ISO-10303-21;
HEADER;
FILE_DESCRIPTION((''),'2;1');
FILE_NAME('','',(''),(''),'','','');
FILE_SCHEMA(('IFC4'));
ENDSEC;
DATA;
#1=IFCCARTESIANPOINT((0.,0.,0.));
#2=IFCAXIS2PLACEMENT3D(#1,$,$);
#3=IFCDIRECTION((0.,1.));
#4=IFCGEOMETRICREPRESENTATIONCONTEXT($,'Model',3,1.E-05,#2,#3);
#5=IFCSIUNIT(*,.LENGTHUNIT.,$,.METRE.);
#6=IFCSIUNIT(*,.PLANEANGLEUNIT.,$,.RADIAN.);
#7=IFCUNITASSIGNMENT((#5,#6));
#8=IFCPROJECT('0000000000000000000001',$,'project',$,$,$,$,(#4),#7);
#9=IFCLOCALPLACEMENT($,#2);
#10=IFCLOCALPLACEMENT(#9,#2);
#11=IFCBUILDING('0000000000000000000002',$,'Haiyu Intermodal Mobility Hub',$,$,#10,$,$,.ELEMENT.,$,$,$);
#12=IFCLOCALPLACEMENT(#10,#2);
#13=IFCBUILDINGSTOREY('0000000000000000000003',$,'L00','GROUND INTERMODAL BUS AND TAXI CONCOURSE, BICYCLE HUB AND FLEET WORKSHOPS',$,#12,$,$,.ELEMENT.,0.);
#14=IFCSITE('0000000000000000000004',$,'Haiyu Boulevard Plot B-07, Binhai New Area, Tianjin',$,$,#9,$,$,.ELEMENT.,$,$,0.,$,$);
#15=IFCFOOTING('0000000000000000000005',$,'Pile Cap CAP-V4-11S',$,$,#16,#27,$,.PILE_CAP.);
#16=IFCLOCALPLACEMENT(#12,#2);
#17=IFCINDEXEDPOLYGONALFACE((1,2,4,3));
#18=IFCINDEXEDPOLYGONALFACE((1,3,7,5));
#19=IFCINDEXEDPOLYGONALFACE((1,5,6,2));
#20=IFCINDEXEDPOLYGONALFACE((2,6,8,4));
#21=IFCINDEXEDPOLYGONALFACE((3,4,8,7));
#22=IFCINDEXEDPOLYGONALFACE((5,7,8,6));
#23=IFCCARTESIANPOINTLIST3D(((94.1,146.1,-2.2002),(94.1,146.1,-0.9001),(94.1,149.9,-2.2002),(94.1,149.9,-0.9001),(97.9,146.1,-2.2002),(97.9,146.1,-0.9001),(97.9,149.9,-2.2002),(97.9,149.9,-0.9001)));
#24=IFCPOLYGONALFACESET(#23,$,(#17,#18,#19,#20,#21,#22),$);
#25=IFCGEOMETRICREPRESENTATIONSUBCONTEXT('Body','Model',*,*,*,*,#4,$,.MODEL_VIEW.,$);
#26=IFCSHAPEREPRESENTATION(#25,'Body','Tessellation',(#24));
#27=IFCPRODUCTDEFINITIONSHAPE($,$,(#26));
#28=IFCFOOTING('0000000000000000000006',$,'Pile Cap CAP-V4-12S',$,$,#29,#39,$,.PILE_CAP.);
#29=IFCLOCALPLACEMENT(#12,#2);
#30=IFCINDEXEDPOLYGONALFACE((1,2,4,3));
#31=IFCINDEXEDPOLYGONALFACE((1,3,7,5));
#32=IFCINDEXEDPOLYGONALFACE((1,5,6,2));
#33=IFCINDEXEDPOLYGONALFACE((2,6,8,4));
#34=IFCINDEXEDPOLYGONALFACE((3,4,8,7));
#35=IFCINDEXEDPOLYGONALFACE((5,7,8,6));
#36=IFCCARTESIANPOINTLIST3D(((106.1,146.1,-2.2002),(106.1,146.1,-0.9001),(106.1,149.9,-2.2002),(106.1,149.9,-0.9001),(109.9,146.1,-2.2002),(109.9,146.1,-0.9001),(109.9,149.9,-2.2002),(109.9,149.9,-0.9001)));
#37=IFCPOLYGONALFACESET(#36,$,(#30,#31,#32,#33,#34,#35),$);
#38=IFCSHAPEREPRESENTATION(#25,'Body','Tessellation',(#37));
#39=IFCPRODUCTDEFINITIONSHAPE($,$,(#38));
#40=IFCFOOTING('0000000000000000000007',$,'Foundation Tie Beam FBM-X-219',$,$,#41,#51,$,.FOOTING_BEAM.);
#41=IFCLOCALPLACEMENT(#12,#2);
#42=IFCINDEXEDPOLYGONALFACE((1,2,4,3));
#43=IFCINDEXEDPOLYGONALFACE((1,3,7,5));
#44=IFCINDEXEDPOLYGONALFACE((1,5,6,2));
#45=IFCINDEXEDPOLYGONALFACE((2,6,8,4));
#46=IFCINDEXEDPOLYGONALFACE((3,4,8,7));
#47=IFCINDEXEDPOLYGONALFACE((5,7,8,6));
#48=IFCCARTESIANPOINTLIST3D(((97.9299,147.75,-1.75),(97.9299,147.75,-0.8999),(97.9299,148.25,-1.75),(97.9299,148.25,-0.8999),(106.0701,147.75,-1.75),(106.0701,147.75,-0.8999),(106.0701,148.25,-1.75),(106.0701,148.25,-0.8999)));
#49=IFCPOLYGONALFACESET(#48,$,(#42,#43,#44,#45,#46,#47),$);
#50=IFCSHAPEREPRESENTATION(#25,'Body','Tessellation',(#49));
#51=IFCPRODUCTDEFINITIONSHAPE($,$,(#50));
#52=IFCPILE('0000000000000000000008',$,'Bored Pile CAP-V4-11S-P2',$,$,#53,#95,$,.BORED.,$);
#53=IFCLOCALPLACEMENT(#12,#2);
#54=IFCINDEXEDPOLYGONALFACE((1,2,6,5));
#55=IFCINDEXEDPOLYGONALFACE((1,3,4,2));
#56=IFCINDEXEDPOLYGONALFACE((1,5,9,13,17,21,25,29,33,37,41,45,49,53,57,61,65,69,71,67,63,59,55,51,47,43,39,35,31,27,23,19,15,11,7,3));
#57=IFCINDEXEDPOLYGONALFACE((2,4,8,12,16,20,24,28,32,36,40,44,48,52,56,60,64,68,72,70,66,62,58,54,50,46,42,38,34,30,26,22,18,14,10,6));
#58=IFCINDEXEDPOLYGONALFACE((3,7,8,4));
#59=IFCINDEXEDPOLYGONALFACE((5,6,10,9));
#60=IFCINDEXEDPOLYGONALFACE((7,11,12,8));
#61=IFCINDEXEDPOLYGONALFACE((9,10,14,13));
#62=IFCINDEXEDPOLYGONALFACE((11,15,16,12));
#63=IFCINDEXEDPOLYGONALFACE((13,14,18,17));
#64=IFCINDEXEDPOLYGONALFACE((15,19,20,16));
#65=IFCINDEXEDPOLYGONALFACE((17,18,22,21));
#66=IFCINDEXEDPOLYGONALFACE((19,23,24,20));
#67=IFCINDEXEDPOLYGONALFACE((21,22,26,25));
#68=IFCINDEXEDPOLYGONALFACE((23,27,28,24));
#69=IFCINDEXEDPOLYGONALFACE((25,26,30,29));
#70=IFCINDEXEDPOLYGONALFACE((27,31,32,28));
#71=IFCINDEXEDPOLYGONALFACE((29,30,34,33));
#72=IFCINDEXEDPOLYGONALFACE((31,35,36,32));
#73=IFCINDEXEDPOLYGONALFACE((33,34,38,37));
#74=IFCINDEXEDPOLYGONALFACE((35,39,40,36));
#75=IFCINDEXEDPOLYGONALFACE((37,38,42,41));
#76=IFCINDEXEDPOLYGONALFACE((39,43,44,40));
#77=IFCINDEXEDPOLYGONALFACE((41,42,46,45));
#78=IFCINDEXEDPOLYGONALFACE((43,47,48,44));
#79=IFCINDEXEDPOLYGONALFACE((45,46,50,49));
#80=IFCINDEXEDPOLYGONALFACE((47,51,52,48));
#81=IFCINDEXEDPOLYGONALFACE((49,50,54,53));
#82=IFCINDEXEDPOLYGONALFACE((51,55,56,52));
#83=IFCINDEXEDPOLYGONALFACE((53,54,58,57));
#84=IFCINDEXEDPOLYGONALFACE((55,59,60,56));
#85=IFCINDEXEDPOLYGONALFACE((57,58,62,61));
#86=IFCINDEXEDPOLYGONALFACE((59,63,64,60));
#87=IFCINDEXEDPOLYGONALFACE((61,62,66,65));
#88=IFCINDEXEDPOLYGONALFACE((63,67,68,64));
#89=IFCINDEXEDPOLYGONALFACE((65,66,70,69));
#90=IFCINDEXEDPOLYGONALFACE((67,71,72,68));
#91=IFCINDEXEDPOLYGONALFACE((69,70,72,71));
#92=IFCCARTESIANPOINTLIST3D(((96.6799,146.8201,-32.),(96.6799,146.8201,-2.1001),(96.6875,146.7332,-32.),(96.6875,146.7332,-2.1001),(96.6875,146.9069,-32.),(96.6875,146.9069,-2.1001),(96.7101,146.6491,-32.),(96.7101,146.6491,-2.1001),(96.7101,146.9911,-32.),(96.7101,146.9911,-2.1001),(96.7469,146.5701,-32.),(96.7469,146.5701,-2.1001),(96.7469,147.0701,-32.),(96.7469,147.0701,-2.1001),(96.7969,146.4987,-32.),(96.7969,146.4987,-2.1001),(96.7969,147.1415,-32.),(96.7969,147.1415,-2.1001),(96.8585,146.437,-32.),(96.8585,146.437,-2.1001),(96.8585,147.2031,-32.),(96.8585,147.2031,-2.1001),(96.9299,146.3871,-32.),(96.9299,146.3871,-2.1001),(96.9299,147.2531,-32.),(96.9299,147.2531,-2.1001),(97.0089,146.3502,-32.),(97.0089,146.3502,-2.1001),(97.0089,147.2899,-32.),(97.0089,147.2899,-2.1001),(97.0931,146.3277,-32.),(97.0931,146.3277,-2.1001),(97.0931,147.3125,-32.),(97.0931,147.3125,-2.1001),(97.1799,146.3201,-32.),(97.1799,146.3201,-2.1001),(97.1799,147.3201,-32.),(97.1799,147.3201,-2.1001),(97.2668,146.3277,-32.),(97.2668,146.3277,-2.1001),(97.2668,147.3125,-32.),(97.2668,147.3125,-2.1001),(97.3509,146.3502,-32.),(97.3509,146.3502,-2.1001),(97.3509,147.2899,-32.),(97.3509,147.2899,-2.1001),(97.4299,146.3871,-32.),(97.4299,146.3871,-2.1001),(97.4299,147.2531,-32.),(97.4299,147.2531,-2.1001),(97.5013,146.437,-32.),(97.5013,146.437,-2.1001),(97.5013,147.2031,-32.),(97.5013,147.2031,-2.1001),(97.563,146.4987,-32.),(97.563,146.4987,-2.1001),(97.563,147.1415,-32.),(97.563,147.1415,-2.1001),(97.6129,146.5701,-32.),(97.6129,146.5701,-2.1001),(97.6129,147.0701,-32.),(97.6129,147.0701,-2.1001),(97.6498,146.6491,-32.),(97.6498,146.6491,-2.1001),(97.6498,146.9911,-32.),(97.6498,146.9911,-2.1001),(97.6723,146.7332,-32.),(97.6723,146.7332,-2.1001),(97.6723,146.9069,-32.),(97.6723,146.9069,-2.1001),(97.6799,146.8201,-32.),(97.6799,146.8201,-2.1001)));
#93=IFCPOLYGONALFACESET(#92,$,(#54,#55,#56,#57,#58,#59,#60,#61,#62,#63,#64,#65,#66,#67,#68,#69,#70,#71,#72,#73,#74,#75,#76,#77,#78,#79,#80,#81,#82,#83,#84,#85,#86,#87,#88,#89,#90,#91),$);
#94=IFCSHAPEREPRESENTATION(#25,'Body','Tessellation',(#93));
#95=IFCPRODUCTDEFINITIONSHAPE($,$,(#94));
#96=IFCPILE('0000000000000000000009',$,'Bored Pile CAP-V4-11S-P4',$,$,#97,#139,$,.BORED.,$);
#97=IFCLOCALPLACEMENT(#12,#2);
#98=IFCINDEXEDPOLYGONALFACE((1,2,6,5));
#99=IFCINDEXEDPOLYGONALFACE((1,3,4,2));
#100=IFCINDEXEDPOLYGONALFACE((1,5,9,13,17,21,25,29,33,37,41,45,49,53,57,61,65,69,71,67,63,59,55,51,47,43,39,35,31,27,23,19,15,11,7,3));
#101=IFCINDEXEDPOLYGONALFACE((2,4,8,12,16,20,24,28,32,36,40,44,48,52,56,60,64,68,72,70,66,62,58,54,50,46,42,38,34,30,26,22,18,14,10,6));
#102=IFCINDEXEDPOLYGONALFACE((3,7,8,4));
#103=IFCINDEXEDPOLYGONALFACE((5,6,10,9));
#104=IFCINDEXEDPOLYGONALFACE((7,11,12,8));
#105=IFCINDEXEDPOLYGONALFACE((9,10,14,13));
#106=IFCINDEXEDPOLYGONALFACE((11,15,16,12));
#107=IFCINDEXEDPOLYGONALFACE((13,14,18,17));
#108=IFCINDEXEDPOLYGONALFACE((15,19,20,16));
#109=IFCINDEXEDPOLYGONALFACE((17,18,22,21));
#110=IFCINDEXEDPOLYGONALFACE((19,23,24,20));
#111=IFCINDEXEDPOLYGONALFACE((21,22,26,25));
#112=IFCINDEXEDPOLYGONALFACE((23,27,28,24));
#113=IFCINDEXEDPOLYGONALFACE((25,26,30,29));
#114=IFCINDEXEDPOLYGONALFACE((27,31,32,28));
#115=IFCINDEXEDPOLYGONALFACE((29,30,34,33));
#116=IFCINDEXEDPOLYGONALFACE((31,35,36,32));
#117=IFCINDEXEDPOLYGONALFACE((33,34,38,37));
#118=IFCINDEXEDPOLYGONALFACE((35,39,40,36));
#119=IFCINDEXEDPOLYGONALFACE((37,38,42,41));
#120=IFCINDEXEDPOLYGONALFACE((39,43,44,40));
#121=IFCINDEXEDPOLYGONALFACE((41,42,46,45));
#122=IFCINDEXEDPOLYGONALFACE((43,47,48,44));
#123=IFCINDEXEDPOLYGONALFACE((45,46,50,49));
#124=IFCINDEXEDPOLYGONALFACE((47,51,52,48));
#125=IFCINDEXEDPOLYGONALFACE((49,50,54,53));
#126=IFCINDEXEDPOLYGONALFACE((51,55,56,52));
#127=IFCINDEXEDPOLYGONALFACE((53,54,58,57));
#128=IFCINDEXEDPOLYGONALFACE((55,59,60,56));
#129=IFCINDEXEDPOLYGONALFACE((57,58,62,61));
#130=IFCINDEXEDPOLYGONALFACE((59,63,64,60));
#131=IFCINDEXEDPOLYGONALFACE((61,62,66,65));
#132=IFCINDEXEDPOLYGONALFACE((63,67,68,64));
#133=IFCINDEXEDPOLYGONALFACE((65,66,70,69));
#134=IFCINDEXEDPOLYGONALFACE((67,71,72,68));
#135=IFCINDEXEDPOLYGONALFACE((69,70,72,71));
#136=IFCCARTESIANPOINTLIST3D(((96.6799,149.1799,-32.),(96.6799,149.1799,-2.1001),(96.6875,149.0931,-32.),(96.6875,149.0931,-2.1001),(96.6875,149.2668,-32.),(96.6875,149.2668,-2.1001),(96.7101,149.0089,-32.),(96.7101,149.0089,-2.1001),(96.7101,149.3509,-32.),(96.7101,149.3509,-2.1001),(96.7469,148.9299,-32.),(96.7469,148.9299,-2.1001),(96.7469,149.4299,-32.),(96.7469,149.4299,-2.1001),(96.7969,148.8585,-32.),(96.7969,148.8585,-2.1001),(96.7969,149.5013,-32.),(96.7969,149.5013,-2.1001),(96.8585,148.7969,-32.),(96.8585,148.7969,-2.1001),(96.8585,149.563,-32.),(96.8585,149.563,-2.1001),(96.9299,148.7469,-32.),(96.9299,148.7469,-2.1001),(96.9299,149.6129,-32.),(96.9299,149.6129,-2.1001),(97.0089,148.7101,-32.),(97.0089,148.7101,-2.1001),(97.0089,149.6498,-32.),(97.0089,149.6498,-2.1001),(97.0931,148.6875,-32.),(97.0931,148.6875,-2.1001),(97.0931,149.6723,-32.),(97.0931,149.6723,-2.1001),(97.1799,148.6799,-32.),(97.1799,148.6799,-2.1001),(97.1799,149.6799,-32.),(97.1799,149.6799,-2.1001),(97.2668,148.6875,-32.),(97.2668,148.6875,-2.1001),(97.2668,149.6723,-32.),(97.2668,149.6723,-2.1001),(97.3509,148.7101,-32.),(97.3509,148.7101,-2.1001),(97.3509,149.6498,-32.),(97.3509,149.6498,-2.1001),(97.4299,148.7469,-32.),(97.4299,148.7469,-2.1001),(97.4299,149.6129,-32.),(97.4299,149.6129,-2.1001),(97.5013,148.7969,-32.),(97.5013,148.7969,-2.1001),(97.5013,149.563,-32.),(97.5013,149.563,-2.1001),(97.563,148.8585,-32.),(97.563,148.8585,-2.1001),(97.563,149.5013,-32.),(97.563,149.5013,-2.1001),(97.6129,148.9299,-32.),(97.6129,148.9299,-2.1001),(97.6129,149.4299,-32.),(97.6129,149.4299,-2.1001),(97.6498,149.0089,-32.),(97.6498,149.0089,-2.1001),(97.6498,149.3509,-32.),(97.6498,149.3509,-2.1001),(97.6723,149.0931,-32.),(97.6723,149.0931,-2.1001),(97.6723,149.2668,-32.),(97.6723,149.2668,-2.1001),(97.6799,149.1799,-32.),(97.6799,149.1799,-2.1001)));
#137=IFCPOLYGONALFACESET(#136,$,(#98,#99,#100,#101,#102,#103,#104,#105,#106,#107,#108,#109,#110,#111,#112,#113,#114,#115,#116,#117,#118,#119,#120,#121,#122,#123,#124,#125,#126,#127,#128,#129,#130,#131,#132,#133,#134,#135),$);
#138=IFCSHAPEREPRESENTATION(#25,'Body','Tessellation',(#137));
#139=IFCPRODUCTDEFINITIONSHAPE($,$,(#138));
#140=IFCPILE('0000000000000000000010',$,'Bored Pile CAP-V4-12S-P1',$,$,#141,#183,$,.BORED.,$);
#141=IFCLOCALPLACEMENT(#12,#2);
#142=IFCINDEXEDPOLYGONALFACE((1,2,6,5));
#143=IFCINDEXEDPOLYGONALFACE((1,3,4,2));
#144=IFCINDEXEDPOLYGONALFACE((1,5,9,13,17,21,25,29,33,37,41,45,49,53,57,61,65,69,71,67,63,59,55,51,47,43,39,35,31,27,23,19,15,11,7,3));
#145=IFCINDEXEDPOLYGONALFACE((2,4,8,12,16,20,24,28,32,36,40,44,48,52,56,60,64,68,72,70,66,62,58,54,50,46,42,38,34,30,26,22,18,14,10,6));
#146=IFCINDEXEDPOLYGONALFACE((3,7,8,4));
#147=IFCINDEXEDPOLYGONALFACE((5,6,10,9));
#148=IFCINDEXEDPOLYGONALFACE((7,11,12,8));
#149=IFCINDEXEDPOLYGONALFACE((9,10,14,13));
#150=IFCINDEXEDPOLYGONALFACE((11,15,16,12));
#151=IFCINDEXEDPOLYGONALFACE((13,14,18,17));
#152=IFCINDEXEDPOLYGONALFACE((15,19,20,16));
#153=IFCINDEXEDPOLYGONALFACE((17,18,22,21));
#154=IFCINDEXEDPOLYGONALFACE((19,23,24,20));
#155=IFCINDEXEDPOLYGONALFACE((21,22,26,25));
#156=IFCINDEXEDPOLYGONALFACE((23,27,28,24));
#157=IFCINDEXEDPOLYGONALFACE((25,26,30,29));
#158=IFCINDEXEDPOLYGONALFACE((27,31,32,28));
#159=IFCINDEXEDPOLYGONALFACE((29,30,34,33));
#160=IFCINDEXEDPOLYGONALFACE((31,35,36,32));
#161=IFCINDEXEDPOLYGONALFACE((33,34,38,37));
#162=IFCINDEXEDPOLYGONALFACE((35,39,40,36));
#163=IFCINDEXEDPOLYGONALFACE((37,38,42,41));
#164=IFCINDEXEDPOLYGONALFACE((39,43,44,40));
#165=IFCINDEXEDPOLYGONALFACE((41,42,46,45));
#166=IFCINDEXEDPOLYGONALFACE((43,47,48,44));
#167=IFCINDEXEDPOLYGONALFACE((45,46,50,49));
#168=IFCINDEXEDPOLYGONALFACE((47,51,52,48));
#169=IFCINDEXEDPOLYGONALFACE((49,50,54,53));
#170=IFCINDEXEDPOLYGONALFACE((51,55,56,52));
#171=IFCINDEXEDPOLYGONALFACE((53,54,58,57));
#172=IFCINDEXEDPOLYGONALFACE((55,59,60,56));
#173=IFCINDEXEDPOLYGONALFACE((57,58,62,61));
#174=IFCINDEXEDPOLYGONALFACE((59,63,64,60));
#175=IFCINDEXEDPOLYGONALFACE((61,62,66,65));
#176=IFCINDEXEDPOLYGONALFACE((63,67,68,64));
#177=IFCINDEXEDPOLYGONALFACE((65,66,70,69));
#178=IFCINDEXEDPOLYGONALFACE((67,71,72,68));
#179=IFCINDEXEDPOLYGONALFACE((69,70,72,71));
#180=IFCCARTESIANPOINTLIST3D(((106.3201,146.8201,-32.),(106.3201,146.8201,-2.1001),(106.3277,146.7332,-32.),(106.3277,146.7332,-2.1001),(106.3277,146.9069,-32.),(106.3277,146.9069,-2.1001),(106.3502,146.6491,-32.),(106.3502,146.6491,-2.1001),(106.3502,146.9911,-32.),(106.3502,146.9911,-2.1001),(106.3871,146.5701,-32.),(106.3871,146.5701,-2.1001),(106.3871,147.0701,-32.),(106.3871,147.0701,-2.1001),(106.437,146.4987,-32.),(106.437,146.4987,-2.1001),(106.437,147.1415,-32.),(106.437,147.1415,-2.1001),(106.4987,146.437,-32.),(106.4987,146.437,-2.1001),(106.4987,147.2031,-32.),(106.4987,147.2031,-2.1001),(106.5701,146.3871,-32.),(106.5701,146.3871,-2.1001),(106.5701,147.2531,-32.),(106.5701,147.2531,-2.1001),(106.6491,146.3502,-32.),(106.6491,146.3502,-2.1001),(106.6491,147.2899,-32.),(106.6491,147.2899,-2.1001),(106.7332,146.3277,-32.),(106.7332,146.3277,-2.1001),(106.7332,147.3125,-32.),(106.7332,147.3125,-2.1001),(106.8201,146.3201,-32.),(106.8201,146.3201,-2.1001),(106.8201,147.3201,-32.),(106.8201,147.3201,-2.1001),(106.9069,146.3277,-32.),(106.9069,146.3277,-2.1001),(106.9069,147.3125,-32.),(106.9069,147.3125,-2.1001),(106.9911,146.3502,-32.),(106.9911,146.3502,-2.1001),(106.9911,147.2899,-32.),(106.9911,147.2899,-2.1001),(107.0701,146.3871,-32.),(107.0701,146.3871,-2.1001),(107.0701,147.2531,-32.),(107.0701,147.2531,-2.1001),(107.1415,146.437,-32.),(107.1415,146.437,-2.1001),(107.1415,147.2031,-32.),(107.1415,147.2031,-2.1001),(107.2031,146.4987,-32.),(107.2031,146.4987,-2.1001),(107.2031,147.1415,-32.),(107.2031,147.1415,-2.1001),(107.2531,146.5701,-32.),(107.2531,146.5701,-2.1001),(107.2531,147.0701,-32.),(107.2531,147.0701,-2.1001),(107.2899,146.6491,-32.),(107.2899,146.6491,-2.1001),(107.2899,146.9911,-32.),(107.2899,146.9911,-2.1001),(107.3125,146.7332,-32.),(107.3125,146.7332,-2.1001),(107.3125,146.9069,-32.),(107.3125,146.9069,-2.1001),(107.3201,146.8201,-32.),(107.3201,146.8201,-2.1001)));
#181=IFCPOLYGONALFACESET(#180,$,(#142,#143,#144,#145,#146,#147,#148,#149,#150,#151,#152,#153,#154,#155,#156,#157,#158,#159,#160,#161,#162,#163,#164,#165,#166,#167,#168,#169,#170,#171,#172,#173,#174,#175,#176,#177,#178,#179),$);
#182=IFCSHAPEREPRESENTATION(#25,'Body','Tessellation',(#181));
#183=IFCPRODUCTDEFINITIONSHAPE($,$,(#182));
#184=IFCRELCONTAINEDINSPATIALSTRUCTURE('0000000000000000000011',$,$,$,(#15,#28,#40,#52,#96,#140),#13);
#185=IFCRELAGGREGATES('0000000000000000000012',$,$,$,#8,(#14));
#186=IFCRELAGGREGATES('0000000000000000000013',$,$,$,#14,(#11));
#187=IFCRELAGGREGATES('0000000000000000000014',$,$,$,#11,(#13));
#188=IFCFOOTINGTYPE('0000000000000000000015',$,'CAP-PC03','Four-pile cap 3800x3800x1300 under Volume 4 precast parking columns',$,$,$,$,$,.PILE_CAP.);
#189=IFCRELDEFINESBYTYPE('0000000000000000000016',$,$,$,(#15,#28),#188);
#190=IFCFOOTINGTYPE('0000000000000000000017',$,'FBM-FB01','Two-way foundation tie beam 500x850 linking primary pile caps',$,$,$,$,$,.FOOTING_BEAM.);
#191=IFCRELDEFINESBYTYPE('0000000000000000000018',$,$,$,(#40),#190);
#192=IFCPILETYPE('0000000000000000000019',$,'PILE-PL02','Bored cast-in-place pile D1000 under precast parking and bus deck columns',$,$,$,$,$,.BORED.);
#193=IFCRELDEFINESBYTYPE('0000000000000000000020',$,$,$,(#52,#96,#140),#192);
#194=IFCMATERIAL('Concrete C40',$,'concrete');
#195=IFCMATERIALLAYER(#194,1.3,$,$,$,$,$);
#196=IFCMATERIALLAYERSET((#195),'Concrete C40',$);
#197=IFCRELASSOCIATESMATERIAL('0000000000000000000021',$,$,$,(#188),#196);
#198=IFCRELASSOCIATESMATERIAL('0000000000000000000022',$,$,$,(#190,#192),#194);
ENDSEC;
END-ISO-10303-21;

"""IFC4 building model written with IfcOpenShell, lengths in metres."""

from ifc_helpers import new_model, si_unit, direction, frame, origin, origin_2d, place, context, subcontext, project, spatial, rectangle, circle, extrude, material, layer, layer_set, material_profile, profile_set, type_object, element, save


model = new_model("IFC4")

# Units and contexts
model_context = context("Model", 3, precision=1e-05, world=origin(), true_north=direction((0.0, 1.0)))
body_context = subcontext(model_context, "Body", "Model", "MODEL_VIEW")
ifc_project = project(units=[si_unit("LENGTHUNIT", "METRE"), si_unit("PLANEANGLEUNIT", "RADIAN")], contexts=[model_context])

# Site, building, storey
site_placement = place(None, origin())
site = spatial("IfcSite", under=ifc_project, at=site_placement, Name="Haiyu Boulevard Plot B-07, Binhai New Area, Tianjin", CompositionType="ELEMENT", RefElevation=0.0)
building_placement = place(site_placement, origin())
building = spatial("IfcBuilding", under=site, at=building_placement, Name="Haiyu Intermodal Mobility Hub", CompositionType="ELEMENT")
storey_placement = place(building_placement, origin())
storey = spatial("IfcBuildingStorey", under=building, at=storey_placement, Name="L00", Description="GROUND INTERMODAL BUS AND TAXI CONCOURSE, BICYCLE HUB AND FLEET WORKSHOPS", CompositionType="ELEMENT", Elevation=0.0)

# Footings
ifc_material_1 = material(Name="Concrete C40", Category="concrete")
ifc_layer_1 = layer(ifc_material_1, 1.3)
ifc_layer_set_1 = layer_set([ifc_layer_1], Name="Concrete C40")
footing_type_1 = type_object("IfcFootingType", Name="CAP-PC03", Description="Four-pile cap 3800x3800x1300 under Volume 4 precast parking columns", PredefinedType="PILE_CAP", material=ifc_layer_set_1)
for number, where, z_axis, x_axis, name in (
    (1, (96.0, 148.0, -2.2002), (0.0, 0.0, 1.0), (1.0, 0.0, 0.0), "Pile Cap CAP-V4-11S"),
    (2, (108.0, 148.0, -2.2002), (0.0, 0.0, 1.0), (1.0, 0.0, 0.0), "Pile Cap CAP-V4-12S"),
):
    element("IfcFooting", number, at=place(storey_placement, frame(where, z_axis=z_axis, x_axis=x_axis)), inside=storey, type_object=footing_type_1, Name=name, PredefinedType="PILE_CAP", context=body_context, shape_type="SweptSolid", body=[
        extrude(rectangle(XDim=3.8, YDim=3.8, at=origin_2d()), origin(), (0.0, 0.0, 1.0), 1.3),
    ])
ifc_material_profile_1 = material_profile(ifc_material_1, rectangle(XDim=0.5, YDim=0.8501, at=origin_2d()), Name="FB500x850")
ifc_profile_set_1 = profile_set([ifc_material_profile_1], Name="Concrete C40")
footing_type_2 = type_object("IfcFootingType", Name="FBM-FB01", Description="Two-way foundation tie beam 500x850 linking primary pile caps", PredefinedType="FOOTING_BEAM", material=ifc_profile_set_1)
footing_placement = place(storey_placement, frame((97.9299, 148.0, -1.325), z_axis=(1.0, 0.0, 0.0), x_axis=(0.0, 1.0, 0.0)))
element("IfcFooting", 3, at=footing_placement, inside=storey, type_object=footing_type_2, Name="Foundation Tie Beam FBM-X-219", PredefinedType="FOOTING_BEAM", context=body_context, shape_type="SweptSolid", body=[
    extrude(rectangle(XDim=0.5, YDim=0.8501, at=origin_2d()), origin(), (0.0, 0.0, 1.0), 8.1401),
])

# Piles
ifc_material_profile_2 = material_profile(ifc_material_1, circle(Radius=0.5, at=origin_2d()), Name="PILE-D1000")
ifc_profile_set_2 = profile_set([ifc_material_profile_2], Name="Concrete C40")
pile_type = type_object("IfcPileType", Name="PILE-PL02", Description="Bored cast-in-place pile D1000 under precast parking and bus deck columns", PredefinedType="BORED", material=ifc_profile_set_2)
for number, where, z_axis, x_axis, name in (
    (4, (97.1799, 146.8201, -2.1001), (0.0, 0.0, -1.0), (1.0, 0.0, 0.0), "Bored Pile CAP-V4-11S-P2"),
    (5, (97.1799, 149.1799, -2.1001), (0.0, 0.0, -1.0), (1.0, 0.0, 0.0), "Bored Pile CAP-V4-11S-P4"),
    (6, (106.8201, 146.8201, -2.1001), (0.0, 0.0, -1.0), (1.0, 0.0, 0.0), "Bored Pile CAP-V4-12S-P1"),
):
    element("IfcPile", number, at=place(storey_placement, frame(where, z_axis=z_axis, x_axis=x_axis)), inside=storey, type_object=pile_type, Name=name, PredefinedType="BORED", context=body_context, shape_type="SweptSolid", body=[
        extrude(circle(Radius=0.5, at=origin_2d()), origin(), (0.0, 0.0, 1.0), 29.8999),
    ])

save(model, "model.ifc")
